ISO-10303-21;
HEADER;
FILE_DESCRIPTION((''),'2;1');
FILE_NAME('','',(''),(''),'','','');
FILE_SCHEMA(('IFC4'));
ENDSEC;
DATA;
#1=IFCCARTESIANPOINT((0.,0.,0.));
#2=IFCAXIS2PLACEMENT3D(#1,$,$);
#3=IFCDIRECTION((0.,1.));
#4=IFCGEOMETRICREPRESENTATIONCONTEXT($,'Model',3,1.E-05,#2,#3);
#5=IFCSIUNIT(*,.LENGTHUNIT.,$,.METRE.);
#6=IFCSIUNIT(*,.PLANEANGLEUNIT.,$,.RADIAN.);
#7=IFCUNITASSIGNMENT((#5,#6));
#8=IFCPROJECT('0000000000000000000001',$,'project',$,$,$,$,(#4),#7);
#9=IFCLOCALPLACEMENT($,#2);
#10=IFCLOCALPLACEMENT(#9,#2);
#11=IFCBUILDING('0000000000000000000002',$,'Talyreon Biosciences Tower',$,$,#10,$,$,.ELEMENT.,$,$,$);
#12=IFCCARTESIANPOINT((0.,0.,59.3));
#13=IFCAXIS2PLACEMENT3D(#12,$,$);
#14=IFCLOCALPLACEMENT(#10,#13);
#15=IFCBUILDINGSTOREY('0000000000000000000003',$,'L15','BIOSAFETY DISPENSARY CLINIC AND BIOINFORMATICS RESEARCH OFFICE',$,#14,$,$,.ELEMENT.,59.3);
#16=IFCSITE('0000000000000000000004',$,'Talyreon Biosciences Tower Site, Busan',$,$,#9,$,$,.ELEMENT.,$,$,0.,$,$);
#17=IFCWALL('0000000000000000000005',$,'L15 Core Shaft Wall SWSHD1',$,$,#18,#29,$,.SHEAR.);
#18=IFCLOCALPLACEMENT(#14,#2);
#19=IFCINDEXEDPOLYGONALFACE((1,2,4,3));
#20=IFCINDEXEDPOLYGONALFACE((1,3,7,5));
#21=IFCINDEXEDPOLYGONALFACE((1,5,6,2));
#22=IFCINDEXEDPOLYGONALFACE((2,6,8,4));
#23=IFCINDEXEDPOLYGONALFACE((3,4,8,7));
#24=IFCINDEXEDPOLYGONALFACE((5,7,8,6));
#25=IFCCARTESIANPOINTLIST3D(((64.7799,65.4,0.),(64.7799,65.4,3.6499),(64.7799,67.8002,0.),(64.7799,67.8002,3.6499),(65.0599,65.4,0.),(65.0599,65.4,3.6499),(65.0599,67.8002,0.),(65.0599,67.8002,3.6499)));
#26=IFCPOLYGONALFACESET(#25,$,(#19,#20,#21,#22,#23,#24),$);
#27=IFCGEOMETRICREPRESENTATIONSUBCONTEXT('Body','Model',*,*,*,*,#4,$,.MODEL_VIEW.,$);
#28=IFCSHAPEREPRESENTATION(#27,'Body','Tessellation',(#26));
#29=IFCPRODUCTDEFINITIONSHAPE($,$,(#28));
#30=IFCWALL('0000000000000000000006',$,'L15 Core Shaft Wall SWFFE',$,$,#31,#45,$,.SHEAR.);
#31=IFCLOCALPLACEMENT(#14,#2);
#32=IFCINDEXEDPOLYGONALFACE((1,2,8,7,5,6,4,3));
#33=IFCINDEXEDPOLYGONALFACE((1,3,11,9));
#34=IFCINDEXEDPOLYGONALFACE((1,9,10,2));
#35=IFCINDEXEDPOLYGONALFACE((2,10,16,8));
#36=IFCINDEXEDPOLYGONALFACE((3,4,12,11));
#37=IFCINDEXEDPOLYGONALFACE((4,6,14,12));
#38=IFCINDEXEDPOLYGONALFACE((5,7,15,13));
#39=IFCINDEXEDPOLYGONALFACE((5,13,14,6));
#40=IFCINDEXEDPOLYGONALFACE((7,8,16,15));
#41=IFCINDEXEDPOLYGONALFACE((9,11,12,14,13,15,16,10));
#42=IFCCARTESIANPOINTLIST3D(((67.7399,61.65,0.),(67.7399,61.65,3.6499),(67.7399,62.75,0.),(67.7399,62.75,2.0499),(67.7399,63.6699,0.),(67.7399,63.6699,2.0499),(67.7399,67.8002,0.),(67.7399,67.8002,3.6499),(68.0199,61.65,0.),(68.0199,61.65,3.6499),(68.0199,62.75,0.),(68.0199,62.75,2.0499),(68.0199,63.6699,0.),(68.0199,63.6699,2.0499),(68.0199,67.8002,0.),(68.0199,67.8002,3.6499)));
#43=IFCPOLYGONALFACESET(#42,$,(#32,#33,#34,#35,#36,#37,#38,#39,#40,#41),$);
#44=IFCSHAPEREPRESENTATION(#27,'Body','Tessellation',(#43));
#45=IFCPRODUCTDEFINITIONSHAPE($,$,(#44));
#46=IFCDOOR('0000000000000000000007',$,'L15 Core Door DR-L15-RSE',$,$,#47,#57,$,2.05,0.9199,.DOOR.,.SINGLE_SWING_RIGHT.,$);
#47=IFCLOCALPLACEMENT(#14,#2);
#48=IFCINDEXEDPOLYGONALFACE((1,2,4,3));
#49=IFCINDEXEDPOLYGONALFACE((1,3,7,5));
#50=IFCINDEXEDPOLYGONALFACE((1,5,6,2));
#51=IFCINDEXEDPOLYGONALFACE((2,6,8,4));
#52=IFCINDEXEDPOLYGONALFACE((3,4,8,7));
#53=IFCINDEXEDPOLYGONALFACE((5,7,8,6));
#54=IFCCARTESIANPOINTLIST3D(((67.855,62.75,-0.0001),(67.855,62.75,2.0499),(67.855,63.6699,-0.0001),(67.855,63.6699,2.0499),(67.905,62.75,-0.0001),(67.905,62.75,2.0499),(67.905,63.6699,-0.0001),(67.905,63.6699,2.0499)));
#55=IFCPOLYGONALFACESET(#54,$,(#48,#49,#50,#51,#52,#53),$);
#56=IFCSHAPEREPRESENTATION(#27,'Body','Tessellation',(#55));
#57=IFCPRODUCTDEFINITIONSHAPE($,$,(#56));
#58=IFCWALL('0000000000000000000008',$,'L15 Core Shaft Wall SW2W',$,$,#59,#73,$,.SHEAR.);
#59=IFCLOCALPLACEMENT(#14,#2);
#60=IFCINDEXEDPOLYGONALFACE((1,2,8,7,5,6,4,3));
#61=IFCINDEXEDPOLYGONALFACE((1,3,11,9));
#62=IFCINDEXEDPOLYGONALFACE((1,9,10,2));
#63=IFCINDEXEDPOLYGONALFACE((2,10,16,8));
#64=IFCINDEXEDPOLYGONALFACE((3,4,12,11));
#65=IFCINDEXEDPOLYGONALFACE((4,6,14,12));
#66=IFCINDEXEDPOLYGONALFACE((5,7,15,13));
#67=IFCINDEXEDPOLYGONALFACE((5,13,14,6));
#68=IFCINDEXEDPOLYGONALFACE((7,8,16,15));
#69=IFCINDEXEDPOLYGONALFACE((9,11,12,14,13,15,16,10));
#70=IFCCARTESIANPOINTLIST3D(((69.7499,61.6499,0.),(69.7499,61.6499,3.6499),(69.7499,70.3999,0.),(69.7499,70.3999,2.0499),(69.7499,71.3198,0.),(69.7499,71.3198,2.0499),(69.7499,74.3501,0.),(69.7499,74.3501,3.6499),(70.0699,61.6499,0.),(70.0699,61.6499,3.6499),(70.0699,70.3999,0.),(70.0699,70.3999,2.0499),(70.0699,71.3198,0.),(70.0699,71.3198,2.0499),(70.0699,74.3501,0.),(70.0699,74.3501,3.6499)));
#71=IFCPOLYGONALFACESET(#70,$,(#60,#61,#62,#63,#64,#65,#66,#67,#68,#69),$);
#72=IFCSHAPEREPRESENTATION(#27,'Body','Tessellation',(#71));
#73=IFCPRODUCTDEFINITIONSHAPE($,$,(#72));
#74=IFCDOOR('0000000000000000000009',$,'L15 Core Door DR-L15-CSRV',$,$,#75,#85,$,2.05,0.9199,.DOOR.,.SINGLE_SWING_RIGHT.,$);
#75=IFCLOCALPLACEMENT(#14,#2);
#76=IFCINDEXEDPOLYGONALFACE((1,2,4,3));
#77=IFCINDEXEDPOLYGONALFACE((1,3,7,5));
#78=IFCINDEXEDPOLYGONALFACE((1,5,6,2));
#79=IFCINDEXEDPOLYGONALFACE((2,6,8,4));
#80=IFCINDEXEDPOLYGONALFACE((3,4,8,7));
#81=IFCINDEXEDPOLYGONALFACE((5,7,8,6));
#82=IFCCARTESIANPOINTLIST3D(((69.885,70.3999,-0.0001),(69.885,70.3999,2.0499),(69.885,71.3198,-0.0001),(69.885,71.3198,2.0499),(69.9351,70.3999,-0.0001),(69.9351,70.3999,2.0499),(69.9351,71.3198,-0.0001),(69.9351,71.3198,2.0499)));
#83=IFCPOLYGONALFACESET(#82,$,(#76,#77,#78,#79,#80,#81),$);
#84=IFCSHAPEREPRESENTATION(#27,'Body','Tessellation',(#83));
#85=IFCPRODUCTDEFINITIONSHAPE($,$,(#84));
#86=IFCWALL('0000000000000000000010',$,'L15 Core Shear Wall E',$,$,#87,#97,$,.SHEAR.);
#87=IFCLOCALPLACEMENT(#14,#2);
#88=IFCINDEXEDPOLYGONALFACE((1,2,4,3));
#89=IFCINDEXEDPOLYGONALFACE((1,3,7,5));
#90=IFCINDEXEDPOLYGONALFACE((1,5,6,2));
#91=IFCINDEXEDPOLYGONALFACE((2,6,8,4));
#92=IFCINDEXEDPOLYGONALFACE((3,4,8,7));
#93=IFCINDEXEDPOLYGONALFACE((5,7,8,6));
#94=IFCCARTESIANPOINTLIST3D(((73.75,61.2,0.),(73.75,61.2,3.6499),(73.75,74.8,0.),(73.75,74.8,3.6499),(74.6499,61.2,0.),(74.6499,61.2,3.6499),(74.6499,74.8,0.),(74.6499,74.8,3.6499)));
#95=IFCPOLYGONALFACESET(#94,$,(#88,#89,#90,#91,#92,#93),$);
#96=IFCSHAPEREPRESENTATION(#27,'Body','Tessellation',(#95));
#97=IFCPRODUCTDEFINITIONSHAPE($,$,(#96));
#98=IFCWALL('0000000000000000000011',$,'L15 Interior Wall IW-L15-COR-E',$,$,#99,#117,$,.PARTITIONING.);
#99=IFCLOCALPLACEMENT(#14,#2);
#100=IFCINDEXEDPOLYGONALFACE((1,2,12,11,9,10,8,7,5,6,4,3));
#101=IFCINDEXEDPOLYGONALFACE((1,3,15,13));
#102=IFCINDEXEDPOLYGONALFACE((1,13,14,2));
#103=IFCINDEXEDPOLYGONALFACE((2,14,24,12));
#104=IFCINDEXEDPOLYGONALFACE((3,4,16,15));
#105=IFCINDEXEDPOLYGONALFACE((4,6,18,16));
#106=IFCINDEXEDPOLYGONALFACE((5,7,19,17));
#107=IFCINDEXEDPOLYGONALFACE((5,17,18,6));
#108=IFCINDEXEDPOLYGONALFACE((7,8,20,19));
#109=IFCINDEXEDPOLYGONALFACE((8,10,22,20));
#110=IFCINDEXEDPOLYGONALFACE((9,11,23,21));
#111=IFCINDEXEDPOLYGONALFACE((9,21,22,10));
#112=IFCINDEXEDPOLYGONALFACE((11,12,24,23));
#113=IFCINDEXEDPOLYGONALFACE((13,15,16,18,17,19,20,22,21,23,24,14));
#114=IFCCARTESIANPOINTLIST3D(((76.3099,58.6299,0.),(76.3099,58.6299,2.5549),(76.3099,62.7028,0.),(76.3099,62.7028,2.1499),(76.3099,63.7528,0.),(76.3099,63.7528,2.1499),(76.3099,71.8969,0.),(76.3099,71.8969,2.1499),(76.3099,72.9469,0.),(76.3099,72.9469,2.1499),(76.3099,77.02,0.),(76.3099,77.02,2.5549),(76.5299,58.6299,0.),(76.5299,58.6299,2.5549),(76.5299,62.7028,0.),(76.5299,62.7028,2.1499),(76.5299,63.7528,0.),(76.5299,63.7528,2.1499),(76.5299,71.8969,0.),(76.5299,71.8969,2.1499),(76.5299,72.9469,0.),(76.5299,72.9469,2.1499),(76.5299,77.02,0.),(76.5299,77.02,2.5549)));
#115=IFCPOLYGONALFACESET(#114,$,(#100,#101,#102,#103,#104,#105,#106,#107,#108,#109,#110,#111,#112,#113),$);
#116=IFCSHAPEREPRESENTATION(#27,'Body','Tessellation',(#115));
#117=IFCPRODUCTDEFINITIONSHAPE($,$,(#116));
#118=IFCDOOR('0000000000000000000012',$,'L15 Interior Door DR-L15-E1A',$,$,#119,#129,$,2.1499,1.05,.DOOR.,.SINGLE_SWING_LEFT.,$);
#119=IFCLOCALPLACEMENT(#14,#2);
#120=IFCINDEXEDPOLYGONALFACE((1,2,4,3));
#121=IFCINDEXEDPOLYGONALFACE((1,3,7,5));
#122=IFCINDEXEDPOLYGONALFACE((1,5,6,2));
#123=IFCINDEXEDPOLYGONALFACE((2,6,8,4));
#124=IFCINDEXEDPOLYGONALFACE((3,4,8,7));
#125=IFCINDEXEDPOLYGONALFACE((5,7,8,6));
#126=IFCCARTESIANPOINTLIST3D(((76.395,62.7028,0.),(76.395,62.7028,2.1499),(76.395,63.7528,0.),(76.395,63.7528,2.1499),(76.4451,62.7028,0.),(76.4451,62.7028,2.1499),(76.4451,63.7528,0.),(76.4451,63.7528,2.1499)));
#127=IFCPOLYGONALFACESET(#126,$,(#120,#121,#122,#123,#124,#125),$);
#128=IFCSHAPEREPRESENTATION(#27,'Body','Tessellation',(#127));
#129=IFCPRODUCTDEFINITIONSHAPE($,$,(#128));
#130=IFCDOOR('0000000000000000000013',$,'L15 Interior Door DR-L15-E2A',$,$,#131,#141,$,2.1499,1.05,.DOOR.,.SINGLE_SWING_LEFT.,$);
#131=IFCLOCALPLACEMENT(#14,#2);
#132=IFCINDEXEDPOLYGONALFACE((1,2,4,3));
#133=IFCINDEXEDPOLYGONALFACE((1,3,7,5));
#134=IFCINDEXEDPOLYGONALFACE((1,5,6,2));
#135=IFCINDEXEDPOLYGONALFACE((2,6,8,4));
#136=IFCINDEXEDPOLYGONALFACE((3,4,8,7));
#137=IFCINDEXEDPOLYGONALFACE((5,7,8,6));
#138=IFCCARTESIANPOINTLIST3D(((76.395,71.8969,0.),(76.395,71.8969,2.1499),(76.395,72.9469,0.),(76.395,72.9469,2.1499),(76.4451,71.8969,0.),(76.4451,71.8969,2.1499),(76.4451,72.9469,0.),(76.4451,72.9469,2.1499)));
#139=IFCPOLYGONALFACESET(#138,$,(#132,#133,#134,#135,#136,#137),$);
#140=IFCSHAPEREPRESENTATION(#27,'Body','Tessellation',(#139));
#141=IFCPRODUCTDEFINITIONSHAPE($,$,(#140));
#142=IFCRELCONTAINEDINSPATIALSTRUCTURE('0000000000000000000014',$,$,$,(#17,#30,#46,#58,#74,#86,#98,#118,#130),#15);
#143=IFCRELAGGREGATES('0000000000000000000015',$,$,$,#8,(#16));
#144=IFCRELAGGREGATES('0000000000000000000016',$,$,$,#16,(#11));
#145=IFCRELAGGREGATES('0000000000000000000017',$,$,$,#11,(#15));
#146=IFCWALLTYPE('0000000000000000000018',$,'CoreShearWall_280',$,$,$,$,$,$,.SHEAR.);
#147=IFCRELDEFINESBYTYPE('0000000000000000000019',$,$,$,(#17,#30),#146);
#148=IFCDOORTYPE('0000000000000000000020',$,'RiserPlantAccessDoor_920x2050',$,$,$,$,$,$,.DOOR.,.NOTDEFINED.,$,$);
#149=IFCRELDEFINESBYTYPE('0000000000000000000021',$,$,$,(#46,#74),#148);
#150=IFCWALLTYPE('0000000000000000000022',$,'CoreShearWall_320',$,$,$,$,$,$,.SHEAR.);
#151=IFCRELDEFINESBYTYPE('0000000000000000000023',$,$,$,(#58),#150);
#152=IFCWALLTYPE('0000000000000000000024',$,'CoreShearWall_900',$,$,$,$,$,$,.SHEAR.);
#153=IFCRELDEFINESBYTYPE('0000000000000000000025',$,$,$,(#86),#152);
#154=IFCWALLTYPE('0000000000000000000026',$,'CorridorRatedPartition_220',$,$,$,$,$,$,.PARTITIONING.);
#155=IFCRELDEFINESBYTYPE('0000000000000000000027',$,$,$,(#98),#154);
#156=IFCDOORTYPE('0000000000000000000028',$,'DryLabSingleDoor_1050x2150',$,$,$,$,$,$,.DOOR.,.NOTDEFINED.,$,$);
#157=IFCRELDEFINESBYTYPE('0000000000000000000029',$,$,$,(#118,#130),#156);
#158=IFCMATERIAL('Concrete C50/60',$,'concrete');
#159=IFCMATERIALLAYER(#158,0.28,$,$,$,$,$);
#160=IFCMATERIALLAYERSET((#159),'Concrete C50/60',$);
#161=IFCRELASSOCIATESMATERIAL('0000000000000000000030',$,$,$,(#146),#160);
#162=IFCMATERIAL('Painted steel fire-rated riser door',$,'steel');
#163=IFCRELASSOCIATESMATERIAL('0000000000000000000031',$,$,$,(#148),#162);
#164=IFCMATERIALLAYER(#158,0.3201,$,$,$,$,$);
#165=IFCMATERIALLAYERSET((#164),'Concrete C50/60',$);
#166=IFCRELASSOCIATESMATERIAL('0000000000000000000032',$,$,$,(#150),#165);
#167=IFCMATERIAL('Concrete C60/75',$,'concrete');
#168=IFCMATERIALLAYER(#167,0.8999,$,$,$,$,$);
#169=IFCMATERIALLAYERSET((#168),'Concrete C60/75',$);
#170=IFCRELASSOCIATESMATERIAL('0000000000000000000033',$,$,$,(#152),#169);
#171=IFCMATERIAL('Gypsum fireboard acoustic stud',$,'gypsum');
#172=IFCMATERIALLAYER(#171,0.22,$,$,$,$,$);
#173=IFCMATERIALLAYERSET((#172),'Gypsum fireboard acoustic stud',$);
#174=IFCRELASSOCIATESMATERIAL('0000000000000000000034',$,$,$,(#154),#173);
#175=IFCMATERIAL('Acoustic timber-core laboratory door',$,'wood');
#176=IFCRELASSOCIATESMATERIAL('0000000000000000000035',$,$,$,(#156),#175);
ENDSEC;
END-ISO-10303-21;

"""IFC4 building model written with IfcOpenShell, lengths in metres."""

from ifc_helpers import new_model, si_unit, direction, frame, frame_2d, origin, place, context, subcontext, project, spatial, rectangle, extrude, material, layer, layer_set, type_object, element, fill, save


model = new_model("IFC4")

# Units and contexts
model_context = context("Model", 3, precision=1e-05, world=origin(), true_north=direction((0.0, 1.0)))
body_context = subcontext(model_context, "Body", "Model", "MODEL_VIEW")
ifc_project = project(units=[si_unit("LENGTHUNIT", "METRE"), si_unit("PLANEANGLEUNIT", "RADIAN")], contexts=[model_context])

# Site, building, storey
site_placement = place(None, origin())
site = spatial("IfcSite", under=ifc_project, at=site_placement, Name="Talyreon Biosciences Tower Site, Busan", CompositionType="ELEMENT", RefElevation=0.0)
building_placement = place(site_placement, origin())
building = spatial("IfcBuilding", under=site, at=building_placement, Name="Talyreon Biosciences Tower", CompositionType="ELEMENT")
storey_placement = place(building_placement, frame((0.0, 0.0, 59.3)))
storey = spatial("IfcBuildingStorey", under=building, at=storey_placement, Name="L15", Description="BIOSAFETY DISPENSARY CLINIC AND BIOINFORMATICS RESEARCH OFFICE", CompositionType="ELEMENT", Elevation=59.3)

# Shared definitions
ifc_material_1 = material(Name="Concrete C60/75", Category="concrete")

# Wall
ifc_material_2 = material(Name="Concrete C50/60", Category="concrete")
ifc_layer_1 = layer(ifc_material_2, 0.28)
ifc_layer_set_1 = layer_set([ifc_layer_1], Name="Concrete C50/60")
wall_type_1 = type_object("IfcWallType", Name="CoreShearWall_280", PredefinedType="SHEAR", material=ifc_layer_set_1)
wall_1_placement = place(storey_placement, frame((64.9199, 65.3999, 0.0), z_axis=(0.0, 0.0, 1.0), x_axis=(0.0, 1.0, 0.0)))
element("IfcWall", 1, at=wall_1_placement, inside=storey, type_object=wall_type_1, Name="L15 Core Shaft Wall SWSHD1", PredefinedType="SHEAR", context=body_context, shape_type="SweptSolid", body=[
    extrude(rectangle(XDim=2.4001, YDim=0.28, at=frame_2d((1.2002, 0.0))), origin(), (0.0, 0.0, 1.0), 3.6499),
])

# Walls, openings, doors
wall_2_placement = place(storey_placement, frame((67.8799, 61.6499, 0.0), z_axis=(0.0, 0.0, 1.0), x_axis=(0.0, 1.0, 0.0)))
wall_2 = element("IfcWall", 2, at=wall_2_placement, inside=storey, type_object=wall_type_1, Name="L15 Core Shaft Wall SWFFE", PredefinedType="SHEAR", context=body_context, shape_type="SweptSolid", body=[
    extrude(rectangle(XDim=6.1501, YDim=0.28, at=frame_2d((3.0752, 0.0))), origin(), (0.0, 0.0, 1.0), 3.6499),
])
opening_1_placement = place(wall_2_placement, frame((1.1001, 0.0, 0.0)))
opening_1 = element("IfcOpeningElement", 3, at=opening_1_placement, cuts=wall_2, PredefinedType="OPENING", context=body_context, shape_type="SweptSolid", body=[
    extrude(rectangle(XDim=0.9199, YDim=2.05, at=frame_2d((0.46, 1.0249))), frame((0.0, 0.1499, 0.0), z_axis=(0.0, -1.0, 0.0), x_axis=(1.0, 0.0, 0.0)), (0.0, 0.0, 1.0), 0.3),
])
ifc_material_3 = material(Name="Painted steel fire-rated riser door", Category="steel")
door_type_1 = type_object("IfcDoorType", Name="RiserPlantAccessDoor_920x2050", OperationType="NOTDEFINED", PredefinedType="DOOR", material=ifc_material_3)
door_1_placement = place(opening_1_placement, origin())
door_1 = element("IfcDoor", 4, at=door_1_placement, inside=storey, type_object=door_type_1, Name="L15 Core Door DR-L15-RSE", OperationType="SINGLE_SWING_RIGHT", OverallHeight=2.05, OverallWidth=0.9199, PredefinedType="DOOR", context=body_context, shape_type="SweptSolid", body=[
    extrude(rectangle(XDim=0.9199, YDim=2.05, at=frame_2d((0.46, 1.0249))), frame((0.0, 0.0249, 0.0), z_axis=(0.0, -1.0, 0.0), x_axis=(1.0, 0.0, 0.0)), (0.0, 0.0, 1.0), 0.05),
])
fill(opening_1, door_1)
ifc_layer_2 = layer(ifc_material_2, 0.3201)
ifc_layer_set_2 = layer_set([ifc_layer_2], Name="Concrete C50/60")
wall_type_2 = type_object("IfcWallType", Name="CoreShearWall_320", PredefinedType="SHEAR", material=ifc_layer_set_2)
wall_3_placement = place(storey_placement, frame((69.9099, 61.6499, 0.0), z_axis=(0.0, 0.0, 1.0), x_axis=(0.0, 1.0, 0.0)))
wall_3 = element("IfcWall", 5, at=wall_3_placement, inside=storey, type_object=wall_type_2, Name="L15 Core Shaft Wall SW2W", PredefinedType="SHEAR", context=body_context, shape_type="SweptSolid", body=[
    extrude(rectangle(XDim=12.7002, YDim=0.3201, at=frame_2d((6.3501, 0.0))), origin(), (0.0, 0.0, 1.0), 3.6499),
])
opening_2_placement = place(wall_3_placement, frame((8.75, 0.0, 0.0)))
opening_2 = element("IfcOpeningElement", 6, at=opening_2_placement, cuts=wall_3, PredefinedType="OPENING", context=body_context, shape_type="SweptSolid", body=[
    extrude(rectangle(XDim=0.9199, YDim=2.05, at=frame_2d((0.46, 1.0249))), frame((0.0, 0.1699, 0.0), z_axis=(0.0, -1.0, 0.0), x_axis=(1.0, 0.0, 0.0)), (0.0, 0.0, 1.0), 0.3401),
])
door_2_placement = place(opening_2_placement, origin())
door_2 = element("IfcDoor", 7, at=door_2_placement, inside=storey, type_object=door_type_1, Name="L15 Core Door DR-L15-CSRV", OperationType="SINGLE_SWING_RIGHT", OverallHeight=2.05, OverallWidth=0.9199, PredefinedType="DOOR", context=body_context, shape_type="SweptSolid", body=[
    extrude(rectangle(XDim=0.9199, YDim=2.05, at=frame_2d((0.46, 1.0249))), frame((0.0, 0.0249, 0.0), z_axis=(0.0, -1.0, 0.0), x_axis=(1.0, 0.0, 0.0)), (0.0, 0.0, 1.0), 0.05),
])
fill(opening_2, door_2)

# Wall
ifc_layer_3 = layer(ifc_material_1, 0.8999)
ifc_layer_set_3 = layer_set([ifc_layer_3], Name="Concrete C60/75")
wall_type_3 = type_object("IfcWallType", Name="CoreShearWall_900", PredefinedType="SHEAR", material=ifc_layer_set_3)
wall_4_placement = place(storey_placement, frame((74.2, 61.2, 0.0), z_axis=(0.0, 0.0, 1.0), x_axis=(0.0, 1.0, 0.0)))
element("IfcWall", 8, at=wall_4_placement, inside=storey, type_object=wall_type_3, Name="L15 Core Shear Wall E", PredefinedType="SHEAR", context=body_context, shape_type="SweptSolid", body=[
    extrude(rectangle(XDim=13.6001, YDim=0.8999, at=frame_2d((6.8, 0.0))), origin(), (0.0, 0.0, 1.0), 3.6499),
])

# Wall, openings, doors
ifc_material_4 = material(Name="Gypsum fireboard acoustic stud", Category="gypsum")
ifc_layer_4 = layer(ifc_material_4, 0.22)
ifc_layer_set_4 = layer_set([ifc_layer_4], Name="Gypsum fireboard acoustic stud")
wall_type_4 = type_object("IfcWallType", Name="CorridorRatedPartition_220", PredefinedType="PARTITIONING", material=ifc_layer_set_4)
wall_5_placement = place(storey_placement, frame((76.4199, 58.6299, 0.0), z_axis=(0.0, 0.0, 1.0), x_axis=(0.0, 1.0, 0.0)))
wall_5 = element("IfcWall", 9, at=wall_5_placement, inside=storey, type_object=wall_type_4, Name="L15 Interior Wall IW-L15-COR-E", PredefinedType="PARTITIONING", context=body_context, shape_type="SweptSolid", body=[
    extrude(rectangle(XDim=18.3901, YDim=0.22, at=frame_2d((9.1951, 0.0))), origin(), (0.0, 0.0, 1.0), 2.5549),
])
opening_3_placement = place(wall_5_placement, frame((4.073, 0.0, 0.0)))
opening_3 = element("IfcOpeningElement", 10, at=opening_3_placement, cuts=wall_5, PredefinedType="OPENING", context=body_context, shape_type="SweptSolid", body=[
    extrude(rectangle(XDim=1.05, YDim=2.1499, at=frame_2d((0.5249, 1.075))), frame((0.0, 0.1199, 0.0), z_axis=(0.0, -1.0, 0.0), x_axis=(1.0, 0.0, 0.0)), (0.0, 0.0, 1.0), 0.24),
])
opening_4_placement = place(wall_5_placement, frame((13.2671, 0.0, 0.0)))
opening_4 = element("IfcOpeningElement", 11, at=opening_4_placement, cuts=wall_5, PredefinedType="OPENING", context=body_context, shape_type="SweptSolid", body=[
    extrude(rectangle(XDim=1.05, YDim=2.1499, at=frame_2d((0.5249, 1.075))), frame((0.0, 0.1199, 0.0), z_axis=(0.0, -1.0, 0.0), x_axis=(1.0, 0.0, 0.0)), (0.0, 0.0, 1.0), 0.24),
])
ifc_material_5 = material(Name="Acoustic timber-core laboratory door", Category="wood")
door_type_2 = type_object("IfcDoorType", Name="DryLabSingleDoor_1050x2150", OperationType="NOTDEFINED", PredefinedType="DOOR", material=ifc_material_5)
door_3_placement = place(opening_3_placement, origin())
door_3 = element("IfcDoor", 12, at=door_3_placement, inside=storey, type_object=door_type_2, Name="L15 Interior Door DR-L15-E1A", OperationType="SINGLE_SWING_LEFT", OverallHeight=2.1499, OverallWidth=1.05, PredefinedType="DOOR", context=body_context, shape_type="SweptSolid", body=[
    extrude(rectangle(XDim=1.05, YDim=2.1499, at=frame_2d((0.5249, 1.075))), frame((0.0, 0.0249, 0.0), z_axis=(0.0, -1.0, 0.0), x_axis=(1.0, 0.0, 0.0)), (0.0, 0.0, 1.0), 0.05),
])
fill(opening_3, door_3)
door_4_placement = place(opening_4_placement, origin())
door_4 = element("IfcDoor", 13, at=door_4_placement, inside=storey, type_object=door_type_2, Name="L15 Interior Door DR-L15-E2A", OperationType="SINGLE_SWING_LEFT", OverallHeight=2.1499, OverallWidth=1.05, PredefinedType="DOOR", context=body_context, shape_type="SweptSolid", body=[
    extrude(rectangle(XDim=1.05, YDim=2.1499, at=frame_2d((0.5249, 1.075))), frame((0.0, 0.0249, 0.0), z_axis=(0.0, -1.0, 0.0), x_axis=(1.0, 0.0, 0.0)), (0.0, 0.0, 1.0), 0.05),
])
fill(opening_4, door_4)

save(model, "model.ifc")
